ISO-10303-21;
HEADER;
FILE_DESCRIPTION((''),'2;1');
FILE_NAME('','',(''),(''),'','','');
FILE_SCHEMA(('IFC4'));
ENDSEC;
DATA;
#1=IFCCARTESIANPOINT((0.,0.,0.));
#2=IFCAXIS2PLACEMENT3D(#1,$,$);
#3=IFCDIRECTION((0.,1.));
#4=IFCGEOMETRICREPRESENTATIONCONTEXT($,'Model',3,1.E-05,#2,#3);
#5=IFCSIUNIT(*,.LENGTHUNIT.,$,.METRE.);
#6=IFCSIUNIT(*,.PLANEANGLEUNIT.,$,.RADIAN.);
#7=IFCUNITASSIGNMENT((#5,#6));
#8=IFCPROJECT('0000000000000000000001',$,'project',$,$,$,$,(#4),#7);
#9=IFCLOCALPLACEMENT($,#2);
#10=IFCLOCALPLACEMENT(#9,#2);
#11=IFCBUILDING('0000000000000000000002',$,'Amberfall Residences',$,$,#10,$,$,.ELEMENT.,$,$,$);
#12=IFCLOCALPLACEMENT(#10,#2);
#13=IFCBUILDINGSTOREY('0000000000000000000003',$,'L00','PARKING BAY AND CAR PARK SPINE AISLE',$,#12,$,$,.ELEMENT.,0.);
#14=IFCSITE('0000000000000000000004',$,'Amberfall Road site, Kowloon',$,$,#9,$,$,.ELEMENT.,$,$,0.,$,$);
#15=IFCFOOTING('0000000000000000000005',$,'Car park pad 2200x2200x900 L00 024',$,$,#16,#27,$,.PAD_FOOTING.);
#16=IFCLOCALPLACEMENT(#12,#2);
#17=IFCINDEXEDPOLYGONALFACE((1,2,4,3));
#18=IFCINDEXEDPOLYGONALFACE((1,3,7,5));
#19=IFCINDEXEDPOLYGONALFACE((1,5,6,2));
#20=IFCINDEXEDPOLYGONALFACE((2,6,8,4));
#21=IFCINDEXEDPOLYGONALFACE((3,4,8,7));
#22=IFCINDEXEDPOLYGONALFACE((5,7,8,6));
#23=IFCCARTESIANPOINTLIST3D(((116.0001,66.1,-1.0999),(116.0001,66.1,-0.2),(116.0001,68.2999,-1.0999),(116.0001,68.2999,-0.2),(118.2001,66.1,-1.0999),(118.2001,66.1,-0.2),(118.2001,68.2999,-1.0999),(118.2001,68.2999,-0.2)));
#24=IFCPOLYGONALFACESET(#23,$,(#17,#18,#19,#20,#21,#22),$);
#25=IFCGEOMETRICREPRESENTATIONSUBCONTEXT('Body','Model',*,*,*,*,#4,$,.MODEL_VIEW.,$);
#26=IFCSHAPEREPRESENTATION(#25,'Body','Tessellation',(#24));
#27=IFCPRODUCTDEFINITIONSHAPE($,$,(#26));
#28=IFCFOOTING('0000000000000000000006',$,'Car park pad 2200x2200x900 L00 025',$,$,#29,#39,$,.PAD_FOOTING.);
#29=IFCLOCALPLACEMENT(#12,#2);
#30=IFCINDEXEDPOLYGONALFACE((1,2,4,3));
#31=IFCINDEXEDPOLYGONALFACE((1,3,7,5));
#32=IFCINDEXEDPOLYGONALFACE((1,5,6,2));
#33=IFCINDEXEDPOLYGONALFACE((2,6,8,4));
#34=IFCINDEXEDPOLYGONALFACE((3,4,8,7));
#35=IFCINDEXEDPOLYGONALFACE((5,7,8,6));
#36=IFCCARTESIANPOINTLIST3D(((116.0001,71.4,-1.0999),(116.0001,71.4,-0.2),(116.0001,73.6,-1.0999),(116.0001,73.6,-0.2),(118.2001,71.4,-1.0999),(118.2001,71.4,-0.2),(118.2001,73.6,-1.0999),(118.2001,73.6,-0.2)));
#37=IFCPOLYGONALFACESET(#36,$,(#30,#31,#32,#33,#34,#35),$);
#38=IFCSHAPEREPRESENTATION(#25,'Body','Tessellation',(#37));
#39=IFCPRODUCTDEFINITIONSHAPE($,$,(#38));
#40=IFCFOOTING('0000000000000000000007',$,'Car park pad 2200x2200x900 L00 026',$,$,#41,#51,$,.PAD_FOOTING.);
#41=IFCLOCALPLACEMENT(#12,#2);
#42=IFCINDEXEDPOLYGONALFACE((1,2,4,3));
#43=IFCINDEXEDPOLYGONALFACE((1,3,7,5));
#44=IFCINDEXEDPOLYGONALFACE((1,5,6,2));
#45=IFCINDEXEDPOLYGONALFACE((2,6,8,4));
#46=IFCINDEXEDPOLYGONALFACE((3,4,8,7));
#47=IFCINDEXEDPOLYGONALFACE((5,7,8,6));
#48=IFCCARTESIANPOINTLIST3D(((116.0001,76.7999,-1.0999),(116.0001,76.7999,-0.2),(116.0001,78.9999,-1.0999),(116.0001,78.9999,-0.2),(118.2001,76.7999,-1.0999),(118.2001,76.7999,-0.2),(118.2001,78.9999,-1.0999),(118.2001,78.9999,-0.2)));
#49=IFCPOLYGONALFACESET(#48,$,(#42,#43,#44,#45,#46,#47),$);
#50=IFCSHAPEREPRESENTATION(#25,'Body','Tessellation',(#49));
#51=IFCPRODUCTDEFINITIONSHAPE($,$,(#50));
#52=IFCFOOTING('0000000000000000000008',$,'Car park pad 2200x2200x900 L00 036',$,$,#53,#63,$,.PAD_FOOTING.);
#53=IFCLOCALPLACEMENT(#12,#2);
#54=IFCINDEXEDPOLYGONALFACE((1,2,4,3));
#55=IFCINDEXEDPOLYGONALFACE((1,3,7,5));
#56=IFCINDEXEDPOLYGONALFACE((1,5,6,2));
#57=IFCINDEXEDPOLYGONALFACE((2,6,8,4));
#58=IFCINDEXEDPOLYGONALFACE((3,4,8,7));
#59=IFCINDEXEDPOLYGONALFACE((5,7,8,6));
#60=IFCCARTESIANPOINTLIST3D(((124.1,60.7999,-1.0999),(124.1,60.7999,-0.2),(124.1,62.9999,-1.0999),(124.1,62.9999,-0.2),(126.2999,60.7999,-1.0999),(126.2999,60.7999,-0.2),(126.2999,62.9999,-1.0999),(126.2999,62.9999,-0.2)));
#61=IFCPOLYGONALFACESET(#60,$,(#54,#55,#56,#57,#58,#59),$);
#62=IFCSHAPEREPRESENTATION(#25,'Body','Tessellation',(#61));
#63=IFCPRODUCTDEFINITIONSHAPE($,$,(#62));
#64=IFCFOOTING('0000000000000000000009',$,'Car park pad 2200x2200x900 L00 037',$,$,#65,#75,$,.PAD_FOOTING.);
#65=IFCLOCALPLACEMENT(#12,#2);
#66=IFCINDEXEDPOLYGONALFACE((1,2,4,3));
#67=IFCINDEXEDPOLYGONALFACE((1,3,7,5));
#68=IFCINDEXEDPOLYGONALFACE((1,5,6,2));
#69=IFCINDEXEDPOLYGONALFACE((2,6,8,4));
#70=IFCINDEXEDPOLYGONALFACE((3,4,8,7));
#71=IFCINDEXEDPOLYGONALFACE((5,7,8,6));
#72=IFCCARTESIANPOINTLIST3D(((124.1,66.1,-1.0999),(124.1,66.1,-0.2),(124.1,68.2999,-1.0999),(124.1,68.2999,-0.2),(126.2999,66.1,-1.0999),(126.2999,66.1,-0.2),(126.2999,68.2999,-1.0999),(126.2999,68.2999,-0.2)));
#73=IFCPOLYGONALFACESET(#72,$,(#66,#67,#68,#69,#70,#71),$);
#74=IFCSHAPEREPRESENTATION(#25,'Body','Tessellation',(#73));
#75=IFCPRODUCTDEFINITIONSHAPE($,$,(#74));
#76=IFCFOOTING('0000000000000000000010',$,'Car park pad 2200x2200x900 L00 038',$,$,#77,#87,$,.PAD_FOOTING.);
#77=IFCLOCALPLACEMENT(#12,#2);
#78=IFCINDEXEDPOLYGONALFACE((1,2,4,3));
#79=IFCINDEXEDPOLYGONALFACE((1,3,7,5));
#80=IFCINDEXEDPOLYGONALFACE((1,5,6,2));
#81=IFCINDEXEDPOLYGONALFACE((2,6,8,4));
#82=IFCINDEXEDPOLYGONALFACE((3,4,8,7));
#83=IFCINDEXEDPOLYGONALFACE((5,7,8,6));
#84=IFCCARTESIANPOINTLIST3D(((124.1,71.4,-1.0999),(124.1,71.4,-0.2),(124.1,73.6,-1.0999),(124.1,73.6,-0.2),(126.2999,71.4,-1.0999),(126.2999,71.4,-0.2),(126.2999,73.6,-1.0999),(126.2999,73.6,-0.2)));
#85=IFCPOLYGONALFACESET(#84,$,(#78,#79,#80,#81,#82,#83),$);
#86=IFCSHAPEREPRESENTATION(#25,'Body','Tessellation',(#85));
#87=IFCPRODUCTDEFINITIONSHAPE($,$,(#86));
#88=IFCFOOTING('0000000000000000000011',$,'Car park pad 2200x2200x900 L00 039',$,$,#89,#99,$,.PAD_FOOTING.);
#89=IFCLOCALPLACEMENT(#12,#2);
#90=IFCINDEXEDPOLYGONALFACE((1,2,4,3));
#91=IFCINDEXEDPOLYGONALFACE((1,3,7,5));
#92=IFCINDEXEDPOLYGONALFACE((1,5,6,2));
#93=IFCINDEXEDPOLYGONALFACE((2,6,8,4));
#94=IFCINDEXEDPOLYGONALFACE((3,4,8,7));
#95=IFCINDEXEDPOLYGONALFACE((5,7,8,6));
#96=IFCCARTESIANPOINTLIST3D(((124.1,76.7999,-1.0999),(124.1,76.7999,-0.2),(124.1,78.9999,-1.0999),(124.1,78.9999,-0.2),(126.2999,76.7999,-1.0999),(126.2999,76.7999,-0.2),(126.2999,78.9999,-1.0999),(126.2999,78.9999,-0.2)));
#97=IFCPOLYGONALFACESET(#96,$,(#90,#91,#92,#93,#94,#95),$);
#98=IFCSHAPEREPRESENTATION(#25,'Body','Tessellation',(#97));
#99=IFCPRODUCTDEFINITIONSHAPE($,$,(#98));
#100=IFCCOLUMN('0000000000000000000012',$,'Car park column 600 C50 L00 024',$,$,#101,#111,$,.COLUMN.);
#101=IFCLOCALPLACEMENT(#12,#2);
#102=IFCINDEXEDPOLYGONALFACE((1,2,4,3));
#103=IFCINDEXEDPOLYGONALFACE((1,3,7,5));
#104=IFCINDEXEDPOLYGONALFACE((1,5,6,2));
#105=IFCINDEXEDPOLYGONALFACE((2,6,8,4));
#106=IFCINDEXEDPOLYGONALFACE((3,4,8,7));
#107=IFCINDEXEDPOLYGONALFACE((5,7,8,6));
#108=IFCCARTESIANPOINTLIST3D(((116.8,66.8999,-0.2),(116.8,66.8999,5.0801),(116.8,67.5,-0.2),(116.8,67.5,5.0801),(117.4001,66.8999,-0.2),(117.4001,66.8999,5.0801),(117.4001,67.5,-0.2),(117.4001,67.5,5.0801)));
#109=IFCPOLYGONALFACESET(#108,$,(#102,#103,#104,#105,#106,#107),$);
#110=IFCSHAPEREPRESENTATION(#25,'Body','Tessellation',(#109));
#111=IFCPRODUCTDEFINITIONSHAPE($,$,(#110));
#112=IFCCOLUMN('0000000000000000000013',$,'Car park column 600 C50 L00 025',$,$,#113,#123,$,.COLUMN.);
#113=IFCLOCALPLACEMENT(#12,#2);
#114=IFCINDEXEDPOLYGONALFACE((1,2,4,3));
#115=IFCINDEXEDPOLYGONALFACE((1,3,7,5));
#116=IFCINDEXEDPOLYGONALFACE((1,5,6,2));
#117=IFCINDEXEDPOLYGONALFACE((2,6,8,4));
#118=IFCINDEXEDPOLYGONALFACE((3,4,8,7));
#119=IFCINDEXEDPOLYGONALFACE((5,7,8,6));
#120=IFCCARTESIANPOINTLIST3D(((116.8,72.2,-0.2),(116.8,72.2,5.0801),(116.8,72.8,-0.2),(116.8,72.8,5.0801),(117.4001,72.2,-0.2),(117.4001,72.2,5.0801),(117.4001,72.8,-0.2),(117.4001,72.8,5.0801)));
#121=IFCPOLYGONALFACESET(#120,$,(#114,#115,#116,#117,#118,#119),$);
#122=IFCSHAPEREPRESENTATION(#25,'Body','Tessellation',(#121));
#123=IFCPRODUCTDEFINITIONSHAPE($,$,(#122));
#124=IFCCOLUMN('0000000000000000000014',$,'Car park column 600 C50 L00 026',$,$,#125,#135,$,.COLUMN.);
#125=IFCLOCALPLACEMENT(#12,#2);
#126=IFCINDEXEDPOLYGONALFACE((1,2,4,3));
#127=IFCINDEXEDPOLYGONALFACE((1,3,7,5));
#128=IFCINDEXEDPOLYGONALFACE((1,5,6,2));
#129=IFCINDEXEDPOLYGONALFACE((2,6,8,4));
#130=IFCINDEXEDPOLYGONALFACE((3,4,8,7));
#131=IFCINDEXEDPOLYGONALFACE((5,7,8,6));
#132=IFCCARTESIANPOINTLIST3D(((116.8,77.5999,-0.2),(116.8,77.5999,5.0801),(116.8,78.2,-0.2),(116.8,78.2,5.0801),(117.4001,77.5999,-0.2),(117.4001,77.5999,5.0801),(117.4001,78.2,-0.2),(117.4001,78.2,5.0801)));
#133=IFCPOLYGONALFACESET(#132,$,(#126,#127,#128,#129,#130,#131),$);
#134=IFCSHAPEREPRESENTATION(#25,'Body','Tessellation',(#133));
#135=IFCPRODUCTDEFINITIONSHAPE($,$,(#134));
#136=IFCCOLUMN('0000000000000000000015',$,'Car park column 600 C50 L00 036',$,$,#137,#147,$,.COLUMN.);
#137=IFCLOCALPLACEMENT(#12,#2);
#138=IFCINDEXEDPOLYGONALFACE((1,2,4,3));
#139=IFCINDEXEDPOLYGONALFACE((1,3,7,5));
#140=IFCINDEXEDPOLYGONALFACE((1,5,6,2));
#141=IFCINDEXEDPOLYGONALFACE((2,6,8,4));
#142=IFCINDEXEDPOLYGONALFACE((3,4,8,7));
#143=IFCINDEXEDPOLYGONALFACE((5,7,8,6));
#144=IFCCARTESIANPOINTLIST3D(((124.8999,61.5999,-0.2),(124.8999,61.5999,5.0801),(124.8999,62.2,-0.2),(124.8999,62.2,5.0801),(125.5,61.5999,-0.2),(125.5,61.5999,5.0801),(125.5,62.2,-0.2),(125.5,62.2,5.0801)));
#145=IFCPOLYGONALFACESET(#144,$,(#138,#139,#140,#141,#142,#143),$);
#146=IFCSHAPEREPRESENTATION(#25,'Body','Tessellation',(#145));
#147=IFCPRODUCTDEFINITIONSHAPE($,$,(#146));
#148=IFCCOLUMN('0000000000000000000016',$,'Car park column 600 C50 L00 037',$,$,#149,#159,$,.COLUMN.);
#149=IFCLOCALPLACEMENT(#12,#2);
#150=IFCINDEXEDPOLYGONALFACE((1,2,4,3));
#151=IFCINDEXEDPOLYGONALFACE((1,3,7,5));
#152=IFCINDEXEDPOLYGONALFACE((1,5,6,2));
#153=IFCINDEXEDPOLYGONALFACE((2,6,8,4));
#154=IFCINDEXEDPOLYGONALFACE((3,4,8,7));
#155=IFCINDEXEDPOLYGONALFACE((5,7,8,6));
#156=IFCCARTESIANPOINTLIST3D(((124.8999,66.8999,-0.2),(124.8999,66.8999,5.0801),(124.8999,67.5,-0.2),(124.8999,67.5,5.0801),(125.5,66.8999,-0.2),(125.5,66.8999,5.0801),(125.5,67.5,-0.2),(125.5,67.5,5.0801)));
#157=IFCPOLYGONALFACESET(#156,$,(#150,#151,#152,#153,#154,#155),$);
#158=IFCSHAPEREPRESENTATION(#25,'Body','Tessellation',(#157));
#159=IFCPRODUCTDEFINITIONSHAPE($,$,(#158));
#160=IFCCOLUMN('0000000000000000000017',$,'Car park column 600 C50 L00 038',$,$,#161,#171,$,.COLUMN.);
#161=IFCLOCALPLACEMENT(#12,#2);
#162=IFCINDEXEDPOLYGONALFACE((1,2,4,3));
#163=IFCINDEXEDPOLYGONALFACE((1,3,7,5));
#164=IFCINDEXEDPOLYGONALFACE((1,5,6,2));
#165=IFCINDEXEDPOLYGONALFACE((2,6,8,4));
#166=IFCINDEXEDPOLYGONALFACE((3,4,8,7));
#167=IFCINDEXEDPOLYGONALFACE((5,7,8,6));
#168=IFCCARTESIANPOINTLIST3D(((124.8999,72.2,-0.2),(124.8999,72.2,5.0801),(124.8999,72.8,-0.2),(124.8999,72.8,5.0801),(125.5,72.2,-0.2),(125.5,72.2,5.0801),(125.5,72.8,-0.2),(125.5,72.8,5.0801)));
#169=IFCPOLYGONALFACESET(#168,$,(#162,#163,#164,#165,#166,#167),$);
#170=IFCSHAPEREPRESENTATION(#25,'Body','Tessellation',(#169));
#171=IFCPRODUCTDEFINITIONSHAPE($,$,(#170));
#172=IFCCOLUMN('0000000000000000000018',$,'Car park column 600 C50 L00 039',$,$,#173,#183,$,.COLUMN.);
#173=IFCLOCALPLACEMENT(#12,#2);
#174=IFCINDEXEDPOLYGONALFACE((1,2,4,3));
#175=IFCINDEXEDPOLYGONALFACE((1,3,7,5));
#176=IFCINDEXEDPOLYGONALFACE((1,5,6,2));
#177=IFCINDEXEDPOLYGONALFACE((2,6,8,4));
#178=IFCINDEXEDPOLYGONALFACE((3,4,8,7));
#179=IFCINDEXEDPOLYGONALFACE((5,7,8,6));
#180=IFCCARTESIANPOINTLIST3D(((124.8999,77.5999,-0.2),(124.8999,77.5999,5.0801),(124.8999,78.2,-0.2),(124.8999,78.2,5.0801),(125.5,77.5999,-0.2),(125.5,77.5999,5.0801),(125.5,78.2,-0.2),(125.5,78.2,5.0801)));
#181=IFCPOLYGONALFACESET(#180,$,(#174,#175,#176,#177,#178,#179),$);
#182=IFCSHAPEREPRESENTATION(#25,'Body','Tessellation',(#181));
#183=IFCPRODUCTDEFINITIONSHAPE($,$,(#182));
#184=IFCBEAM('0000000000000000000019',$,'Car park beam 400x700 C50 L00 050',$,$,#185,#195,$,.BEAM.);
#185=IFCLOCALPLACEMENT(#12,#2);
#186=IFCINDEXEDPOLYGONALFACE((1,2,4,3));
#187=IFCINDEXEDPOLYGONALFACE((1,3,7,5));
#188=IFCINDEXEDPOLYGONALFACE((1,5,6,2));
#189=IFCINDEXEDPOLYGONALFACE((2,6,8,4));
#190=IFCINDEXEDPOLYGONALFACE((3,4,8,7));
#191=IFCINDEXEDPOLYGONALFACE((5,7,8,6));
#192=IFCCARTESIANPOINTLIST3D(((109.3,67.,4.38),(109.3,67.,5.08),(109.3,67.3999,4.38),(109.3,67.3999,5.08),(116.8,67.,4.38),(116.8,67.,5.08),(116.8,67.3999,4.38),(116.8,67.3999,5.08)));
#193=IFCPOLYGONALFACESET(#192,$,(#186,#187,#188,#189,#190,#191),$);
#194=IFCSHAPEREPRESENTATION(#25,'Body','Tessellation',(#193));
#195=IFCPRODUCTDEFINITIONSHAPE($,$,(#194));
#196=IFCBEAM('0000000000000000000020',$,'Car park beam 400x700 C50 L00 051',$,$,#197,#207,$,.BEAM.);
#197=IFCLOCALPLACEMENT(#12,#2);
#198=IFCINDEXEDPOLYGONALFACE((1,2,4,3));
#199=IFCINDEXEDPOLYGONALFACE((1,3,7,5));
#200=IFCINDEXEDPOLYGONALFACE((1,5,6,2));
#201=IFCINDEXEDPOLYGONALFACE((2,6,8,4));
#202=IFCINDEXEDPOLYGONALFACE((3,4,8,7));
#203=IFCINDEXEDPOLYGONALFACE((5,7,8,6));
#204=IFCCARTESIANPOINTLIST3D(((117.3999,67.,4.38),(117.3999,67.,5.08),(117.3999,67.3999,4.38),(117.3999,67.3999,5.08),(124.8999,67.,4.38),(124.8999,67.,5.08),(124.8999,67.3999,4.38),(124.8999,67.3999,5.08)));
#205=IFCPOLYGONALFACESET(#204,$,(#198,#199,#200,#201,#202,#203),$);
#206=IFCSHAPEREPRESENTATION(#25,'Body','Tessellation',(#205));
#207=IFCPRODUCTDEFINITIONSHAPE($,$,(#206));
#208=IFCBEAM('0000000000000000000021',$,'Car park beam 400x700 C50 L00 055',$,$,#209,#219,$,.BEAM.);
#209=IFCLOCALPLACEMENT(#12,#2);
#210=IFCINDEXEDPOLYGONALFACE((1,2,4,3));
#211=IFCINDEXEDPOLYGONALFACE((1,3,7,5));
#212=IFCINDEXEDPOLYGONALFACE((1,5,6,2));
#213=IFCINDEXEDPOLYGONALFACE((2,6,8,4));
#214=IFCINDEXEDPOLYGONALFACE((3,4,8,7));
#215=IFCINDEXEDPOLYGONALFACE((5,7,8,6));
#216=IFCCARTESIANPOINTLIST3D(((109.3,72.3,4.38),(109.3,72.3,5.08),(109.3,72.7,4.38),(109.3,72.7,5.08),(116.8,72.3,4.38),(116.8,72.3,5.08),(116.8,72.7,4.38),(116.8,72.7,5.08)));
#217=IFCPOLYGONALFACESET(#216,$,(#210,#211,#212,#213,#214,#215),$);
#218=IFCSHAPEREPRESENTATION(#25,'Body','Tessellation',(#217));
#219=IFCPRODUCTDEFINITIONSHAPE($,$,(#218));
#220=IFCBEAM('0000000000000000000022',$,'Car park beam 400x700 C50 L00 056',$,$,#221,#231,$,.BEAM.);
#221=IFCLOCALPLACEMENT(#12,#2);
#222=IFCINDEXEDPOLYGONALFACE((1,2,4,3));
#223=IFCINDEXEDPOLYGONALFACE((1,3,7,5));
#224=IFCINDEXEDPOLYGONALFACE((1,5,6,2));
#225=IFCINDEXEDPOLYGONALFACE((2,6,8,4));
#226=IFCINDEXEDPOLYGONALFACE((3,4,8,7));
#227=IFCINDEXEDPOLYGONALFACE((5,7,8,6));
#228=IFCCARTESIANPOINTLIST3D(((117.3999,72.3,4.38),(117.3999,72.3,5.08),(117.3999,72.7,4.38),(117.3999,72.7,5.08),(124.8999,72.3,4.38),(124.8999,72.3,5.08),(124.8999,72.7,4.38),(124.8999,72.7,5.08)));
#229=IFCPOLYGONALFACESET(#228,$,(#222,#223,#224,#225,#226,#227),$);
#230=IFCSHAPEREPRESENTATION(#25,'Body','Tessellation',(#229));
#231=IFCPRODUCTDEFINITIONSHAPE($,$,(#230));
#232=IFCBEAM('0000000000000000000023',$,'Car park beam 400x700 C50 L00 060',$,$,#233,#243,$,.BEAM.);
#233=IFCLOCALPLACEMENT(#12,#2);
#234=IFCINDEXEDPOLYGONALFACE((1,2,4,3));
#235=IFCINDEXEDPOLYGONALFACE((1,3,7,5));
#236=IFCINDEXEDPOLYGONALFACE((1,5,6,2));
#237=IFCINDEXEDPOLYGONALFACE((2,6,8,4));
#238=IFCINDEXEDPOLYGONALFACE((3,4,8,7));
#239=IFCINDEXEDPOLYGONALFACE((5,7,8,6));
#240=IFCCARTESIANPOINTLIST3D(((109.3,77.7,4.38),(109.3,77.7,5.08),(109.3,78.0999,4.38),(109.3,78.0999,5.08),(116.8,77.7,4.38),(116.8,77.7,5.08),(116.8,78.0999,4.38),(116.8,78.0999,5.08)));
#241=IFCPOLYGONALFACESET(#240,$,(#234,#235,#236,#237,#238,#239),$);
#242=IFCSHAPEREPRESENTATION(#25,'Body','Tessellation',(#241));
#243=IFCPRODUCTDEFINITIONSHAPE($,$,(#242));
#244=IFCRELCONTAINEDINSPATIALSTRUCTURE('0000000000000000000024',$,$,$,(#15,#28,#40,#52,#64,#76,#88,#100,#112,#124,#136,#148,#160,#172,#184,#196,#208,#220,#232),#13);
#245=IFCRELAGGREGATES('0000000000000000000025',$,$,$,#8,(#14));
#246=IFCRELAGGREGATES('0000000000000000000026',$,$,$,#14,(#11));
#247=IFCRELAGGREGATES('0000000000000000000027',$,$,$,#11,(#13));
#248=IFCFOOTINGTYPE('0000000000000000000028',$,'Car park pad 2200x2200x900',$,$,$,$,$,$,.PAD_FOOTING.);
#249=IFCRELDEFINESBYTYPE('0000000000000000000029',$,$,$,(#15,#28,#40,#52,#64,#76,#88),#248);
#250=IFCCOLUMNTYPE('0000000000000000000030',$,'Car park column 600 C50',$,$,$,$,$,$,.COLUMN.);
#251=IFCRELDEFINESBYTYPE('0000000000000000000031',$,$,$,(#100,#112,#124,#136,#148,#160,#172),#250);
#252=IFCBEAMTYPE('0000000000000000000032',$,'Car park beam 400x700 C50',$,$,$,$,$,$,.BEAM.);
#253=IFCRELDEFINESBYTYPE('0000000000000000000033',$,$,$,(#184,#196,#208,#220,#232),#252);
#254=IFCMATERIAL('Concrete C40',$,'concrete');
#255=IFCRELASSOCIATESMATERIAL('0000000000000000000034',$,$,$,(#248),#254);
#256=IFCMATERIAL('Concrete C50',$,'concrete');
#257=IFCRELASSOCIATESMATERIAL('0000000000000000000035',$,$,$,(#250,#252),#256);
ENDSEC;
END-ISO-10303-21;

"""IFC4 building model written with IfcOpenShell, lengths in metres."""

from ifc_helpers import new_model, si_unit, direction, frame, origin, origin_2d, place, context, subcontext, project, spatial, rectangle, extrude, material, material_profile, profile_set, type_object, element, save


model = new_model("IFC4")

# Units and contexts
model_context = context("Model", 3, precision=1e-05, world=origin(), true_north=direction((0.0, 1.0)))
body_context = subcontext(model_context, "Body", "Model", "MODEL_VIEW")
ifc_project = project(units=[si_unit("LENGTHUNIT", "METRE"), si_unit("PLANEANGLEUNIT", "RADIAN")], contexts=[model_context])

# Site, building, storey
site_placement = place(None, origin())
site = spatial("IfcSite", under=ifc_project, at=site_placement, Name="Amberfall Road site, Kowloon", CompositionType="ELEMENT", RefElevation=0.0)
building_placement = place(site_placement, origin())
building = spatial("IfcBuilding", under=site, at=building_placement, Name="Amberfall Residences", CompositionType="ELEMENT")
storey_placement = place(building_placement, origin())
storey = spatial("IfcBuildingStorey", under=building, at=storey_placement, Name="L00", Description="PARKING BAY AND CAR PARK SPINE AISLE", CompositionType="ELEMENT", Elevation=0.0)

# Footings
ifc_material_1 = material(Name="Concrete C40", Category="concrete")
footing_type = type_object("IfcFootingType", Name="Car park pad 2200x2200x900", PredefinedType="PAD_FOOTING", material=ifc_material_1)
for number, where, z_axis, x_axis, name in (
    (1, (117.1001, 67.2, -1.0999), (0.0, 0.0, 1.0), (1.0, 0.0, 0.0), "Car park pad 2200x2200x900 L00 024"),
    (2, (117.1001, 72.5, -1.0999), (0.0, 0.0, 1.0), (1.0, 0.0, 0.0), "Car park pad 2200x2200x900 L00 025"),
    (3, (117.1001, 77.8999, -1.0999), (0.0, 0.0, 1.0), (1.0, 0.0, 0.0), "Car park pad 2200x2200x900 L00 026"),
    (4, (125.2, 61.8999, -1.0999), (0.0, 0.0, 1.0), (1.0, 0.0, 0.0), "Car park pad 2200x2200x900 L00 036"),
    (5, (125.2, 67.2, -1.0999), (0.0, 0.0, 1.0), (1.0, 0.0, 0.0), "Car park pad 2200x2200x900 L00 037"),
    (6, (125.2, 72.5, -1.0999), (0.0, 0.0, 1.0), (1.0, 0.0, 0.0), "Car park pad 2200x2200x900 L00 038"),
    (7, (125.2, 77.8999, -1.0999), (0.0, 0.0, 1.0), (1.0, 0.0, 0.0), "Car park pad 2200x2200x900 L00 039"),
):
    element("IfcFooting", number, at=place(storey_placement, frame(where, z_axis=z_axis, x_axis=x_axis)), inside=storey, type_object=footing_type, Name=name, PredefinedType="PAD_FOOTING", context=body_context, shape_type="SweptSolid", body=[
        extrude(rectangle(XDim=2.2, YDim=2.2, at=origin_2d()), origin(), (0.0, 0.0, 1.0), 0.8999),
    ])

# Columns
ifc_material_2 = material(Name="Concrete C50", Category="concrete")
ifc_material_profile_1 = material_profile(ifc_material_2, rectangle(XDim=0.6001, YDim=0.6001, at=origin_2d()), Name="RC 600x600")
ifc_profile_set_1 = profile_set([ifc_material_profile_1], Name="Concrete C50")
column_type = type_object("IfcColumnType", Name="Car park column 600 C50", PredefinedType="COLUMN", material=ifc_profile_set_1)
for number, where, z_axis, x_axis, name in (
    (8, (117.1001, 67.2, -0.2), (0.0, 0.0, 1.0), (1.0, 0.0, 0.0), "Car park column 600 C50 L00 024"),
    (9, (117.1001, 72.5, -0.2), (0.0, 0.0, 1.0), (1.0, 0.0, 0.0), "Car park column 600 C50 L00 025"),
    (10, (117.1001, 77.8999, -0.2), (0.0, 0.0, 1.0), (1.0, 0.0, 0.0), "Car park column 600 C50 L00 026"),
    (11, (125.2, 61.8999, -0.2), (0.0, 0.0, 1.0), (1.0, 0.0, 0.0), "Car park column 600 C50 L00 036"),
    (12, (125.2, 67.2, -0.2), (0.0, 0.0, 1.0), (1.0, 0.0, 0.0), "Car park column 600 C50 L00 037"),
    (13, (125.2, 72.5, -0.2), (0.0, 0.0, 1.0), (1.0, 0.0, 0.0), "Car park column 600 C50 L00 038"),
    (14, (125.2, 77.8999, -0.2), (0.0, 0.0, 1.0), (1.0, 0.0, 0.0), "Car park column 600 C50 L00 039"),
):
    element("IfcColumn", number, at=place(storey_placement, frame(where, z_axis=z_axis, x_axis=x_axis)), inside=storey, type_object=column_type, Name=name, PredefinedType="COLUMN", context=body_context, shape_type="SweptSolid", body=[
        extrude(rectangle(XDim=0.6001, YDim=0.6001, at=origin_2d()), origin(), (0.0, 0.0, 1.0), 5.28),
    ])

# Beams
ifc_material_profile_2 = material_profile(ifc_material_2, rectangle(XDim=0.3999, YDim=0.7, at=origin_2d()), Name="RC 400x700")
ifc_profile_set_2 = profile_set([ifc_material_profile_2], Name="Concrete C50")
beam_type = type_object("IfcBeamType", Name="Car park beam 400x700 C50", PredefinedType="BEAM", material=ifc_profile_set_2)
for number, where, z_axis, x_axis, name in (
    (15, (109.3, 67.2, 4.73), (1.0, 0.0, 0.0), (0.0, 1.0, 0.0), "Car park beam 400x700 C50 L00 050"),
    (16, (117.3999, 67.2, 4.73), (1.0, 0.0, 0.0), (0.0, 1.0, 0.0), "Car park beam 400x700 C50 L00 051"),
    (17, (109.3, 72.5, 4.73), (1.0, 0.0, 0.0), (0.0, 1.0, 0.0), "Car park beam 400x700 C50 L00 055"),
    (18, (117.3999, 72.5, 4.73), (1.0, 0.0, 0.0), (0.0, 1.0, 0.0), "Car park beam 400x700 C50 L00 056"),
    (19, (109.3, 77.8999, 4.73), (1.0, 0.0, 0.0), (0.0, 1.0, 0.0), "Car park beam 400x700 C50 L00 060"),
):
    element("IfcBeam", number, at=place(storey_placement, frame(where, z_axis=z_axis, x_axis=x_axis)), inside=storey, type_object=beam_type, Name=name, PredefinedType="BEAM", context=body_context, shape_type="SweptSolid", body=[
        extrude(rectangle(XDim=0.3999, YDim=0.7, at=origin_2d()), origin(), (0.0, 0.0, 1.0), 7.5),
    ])

save(model, "model.ifc")
